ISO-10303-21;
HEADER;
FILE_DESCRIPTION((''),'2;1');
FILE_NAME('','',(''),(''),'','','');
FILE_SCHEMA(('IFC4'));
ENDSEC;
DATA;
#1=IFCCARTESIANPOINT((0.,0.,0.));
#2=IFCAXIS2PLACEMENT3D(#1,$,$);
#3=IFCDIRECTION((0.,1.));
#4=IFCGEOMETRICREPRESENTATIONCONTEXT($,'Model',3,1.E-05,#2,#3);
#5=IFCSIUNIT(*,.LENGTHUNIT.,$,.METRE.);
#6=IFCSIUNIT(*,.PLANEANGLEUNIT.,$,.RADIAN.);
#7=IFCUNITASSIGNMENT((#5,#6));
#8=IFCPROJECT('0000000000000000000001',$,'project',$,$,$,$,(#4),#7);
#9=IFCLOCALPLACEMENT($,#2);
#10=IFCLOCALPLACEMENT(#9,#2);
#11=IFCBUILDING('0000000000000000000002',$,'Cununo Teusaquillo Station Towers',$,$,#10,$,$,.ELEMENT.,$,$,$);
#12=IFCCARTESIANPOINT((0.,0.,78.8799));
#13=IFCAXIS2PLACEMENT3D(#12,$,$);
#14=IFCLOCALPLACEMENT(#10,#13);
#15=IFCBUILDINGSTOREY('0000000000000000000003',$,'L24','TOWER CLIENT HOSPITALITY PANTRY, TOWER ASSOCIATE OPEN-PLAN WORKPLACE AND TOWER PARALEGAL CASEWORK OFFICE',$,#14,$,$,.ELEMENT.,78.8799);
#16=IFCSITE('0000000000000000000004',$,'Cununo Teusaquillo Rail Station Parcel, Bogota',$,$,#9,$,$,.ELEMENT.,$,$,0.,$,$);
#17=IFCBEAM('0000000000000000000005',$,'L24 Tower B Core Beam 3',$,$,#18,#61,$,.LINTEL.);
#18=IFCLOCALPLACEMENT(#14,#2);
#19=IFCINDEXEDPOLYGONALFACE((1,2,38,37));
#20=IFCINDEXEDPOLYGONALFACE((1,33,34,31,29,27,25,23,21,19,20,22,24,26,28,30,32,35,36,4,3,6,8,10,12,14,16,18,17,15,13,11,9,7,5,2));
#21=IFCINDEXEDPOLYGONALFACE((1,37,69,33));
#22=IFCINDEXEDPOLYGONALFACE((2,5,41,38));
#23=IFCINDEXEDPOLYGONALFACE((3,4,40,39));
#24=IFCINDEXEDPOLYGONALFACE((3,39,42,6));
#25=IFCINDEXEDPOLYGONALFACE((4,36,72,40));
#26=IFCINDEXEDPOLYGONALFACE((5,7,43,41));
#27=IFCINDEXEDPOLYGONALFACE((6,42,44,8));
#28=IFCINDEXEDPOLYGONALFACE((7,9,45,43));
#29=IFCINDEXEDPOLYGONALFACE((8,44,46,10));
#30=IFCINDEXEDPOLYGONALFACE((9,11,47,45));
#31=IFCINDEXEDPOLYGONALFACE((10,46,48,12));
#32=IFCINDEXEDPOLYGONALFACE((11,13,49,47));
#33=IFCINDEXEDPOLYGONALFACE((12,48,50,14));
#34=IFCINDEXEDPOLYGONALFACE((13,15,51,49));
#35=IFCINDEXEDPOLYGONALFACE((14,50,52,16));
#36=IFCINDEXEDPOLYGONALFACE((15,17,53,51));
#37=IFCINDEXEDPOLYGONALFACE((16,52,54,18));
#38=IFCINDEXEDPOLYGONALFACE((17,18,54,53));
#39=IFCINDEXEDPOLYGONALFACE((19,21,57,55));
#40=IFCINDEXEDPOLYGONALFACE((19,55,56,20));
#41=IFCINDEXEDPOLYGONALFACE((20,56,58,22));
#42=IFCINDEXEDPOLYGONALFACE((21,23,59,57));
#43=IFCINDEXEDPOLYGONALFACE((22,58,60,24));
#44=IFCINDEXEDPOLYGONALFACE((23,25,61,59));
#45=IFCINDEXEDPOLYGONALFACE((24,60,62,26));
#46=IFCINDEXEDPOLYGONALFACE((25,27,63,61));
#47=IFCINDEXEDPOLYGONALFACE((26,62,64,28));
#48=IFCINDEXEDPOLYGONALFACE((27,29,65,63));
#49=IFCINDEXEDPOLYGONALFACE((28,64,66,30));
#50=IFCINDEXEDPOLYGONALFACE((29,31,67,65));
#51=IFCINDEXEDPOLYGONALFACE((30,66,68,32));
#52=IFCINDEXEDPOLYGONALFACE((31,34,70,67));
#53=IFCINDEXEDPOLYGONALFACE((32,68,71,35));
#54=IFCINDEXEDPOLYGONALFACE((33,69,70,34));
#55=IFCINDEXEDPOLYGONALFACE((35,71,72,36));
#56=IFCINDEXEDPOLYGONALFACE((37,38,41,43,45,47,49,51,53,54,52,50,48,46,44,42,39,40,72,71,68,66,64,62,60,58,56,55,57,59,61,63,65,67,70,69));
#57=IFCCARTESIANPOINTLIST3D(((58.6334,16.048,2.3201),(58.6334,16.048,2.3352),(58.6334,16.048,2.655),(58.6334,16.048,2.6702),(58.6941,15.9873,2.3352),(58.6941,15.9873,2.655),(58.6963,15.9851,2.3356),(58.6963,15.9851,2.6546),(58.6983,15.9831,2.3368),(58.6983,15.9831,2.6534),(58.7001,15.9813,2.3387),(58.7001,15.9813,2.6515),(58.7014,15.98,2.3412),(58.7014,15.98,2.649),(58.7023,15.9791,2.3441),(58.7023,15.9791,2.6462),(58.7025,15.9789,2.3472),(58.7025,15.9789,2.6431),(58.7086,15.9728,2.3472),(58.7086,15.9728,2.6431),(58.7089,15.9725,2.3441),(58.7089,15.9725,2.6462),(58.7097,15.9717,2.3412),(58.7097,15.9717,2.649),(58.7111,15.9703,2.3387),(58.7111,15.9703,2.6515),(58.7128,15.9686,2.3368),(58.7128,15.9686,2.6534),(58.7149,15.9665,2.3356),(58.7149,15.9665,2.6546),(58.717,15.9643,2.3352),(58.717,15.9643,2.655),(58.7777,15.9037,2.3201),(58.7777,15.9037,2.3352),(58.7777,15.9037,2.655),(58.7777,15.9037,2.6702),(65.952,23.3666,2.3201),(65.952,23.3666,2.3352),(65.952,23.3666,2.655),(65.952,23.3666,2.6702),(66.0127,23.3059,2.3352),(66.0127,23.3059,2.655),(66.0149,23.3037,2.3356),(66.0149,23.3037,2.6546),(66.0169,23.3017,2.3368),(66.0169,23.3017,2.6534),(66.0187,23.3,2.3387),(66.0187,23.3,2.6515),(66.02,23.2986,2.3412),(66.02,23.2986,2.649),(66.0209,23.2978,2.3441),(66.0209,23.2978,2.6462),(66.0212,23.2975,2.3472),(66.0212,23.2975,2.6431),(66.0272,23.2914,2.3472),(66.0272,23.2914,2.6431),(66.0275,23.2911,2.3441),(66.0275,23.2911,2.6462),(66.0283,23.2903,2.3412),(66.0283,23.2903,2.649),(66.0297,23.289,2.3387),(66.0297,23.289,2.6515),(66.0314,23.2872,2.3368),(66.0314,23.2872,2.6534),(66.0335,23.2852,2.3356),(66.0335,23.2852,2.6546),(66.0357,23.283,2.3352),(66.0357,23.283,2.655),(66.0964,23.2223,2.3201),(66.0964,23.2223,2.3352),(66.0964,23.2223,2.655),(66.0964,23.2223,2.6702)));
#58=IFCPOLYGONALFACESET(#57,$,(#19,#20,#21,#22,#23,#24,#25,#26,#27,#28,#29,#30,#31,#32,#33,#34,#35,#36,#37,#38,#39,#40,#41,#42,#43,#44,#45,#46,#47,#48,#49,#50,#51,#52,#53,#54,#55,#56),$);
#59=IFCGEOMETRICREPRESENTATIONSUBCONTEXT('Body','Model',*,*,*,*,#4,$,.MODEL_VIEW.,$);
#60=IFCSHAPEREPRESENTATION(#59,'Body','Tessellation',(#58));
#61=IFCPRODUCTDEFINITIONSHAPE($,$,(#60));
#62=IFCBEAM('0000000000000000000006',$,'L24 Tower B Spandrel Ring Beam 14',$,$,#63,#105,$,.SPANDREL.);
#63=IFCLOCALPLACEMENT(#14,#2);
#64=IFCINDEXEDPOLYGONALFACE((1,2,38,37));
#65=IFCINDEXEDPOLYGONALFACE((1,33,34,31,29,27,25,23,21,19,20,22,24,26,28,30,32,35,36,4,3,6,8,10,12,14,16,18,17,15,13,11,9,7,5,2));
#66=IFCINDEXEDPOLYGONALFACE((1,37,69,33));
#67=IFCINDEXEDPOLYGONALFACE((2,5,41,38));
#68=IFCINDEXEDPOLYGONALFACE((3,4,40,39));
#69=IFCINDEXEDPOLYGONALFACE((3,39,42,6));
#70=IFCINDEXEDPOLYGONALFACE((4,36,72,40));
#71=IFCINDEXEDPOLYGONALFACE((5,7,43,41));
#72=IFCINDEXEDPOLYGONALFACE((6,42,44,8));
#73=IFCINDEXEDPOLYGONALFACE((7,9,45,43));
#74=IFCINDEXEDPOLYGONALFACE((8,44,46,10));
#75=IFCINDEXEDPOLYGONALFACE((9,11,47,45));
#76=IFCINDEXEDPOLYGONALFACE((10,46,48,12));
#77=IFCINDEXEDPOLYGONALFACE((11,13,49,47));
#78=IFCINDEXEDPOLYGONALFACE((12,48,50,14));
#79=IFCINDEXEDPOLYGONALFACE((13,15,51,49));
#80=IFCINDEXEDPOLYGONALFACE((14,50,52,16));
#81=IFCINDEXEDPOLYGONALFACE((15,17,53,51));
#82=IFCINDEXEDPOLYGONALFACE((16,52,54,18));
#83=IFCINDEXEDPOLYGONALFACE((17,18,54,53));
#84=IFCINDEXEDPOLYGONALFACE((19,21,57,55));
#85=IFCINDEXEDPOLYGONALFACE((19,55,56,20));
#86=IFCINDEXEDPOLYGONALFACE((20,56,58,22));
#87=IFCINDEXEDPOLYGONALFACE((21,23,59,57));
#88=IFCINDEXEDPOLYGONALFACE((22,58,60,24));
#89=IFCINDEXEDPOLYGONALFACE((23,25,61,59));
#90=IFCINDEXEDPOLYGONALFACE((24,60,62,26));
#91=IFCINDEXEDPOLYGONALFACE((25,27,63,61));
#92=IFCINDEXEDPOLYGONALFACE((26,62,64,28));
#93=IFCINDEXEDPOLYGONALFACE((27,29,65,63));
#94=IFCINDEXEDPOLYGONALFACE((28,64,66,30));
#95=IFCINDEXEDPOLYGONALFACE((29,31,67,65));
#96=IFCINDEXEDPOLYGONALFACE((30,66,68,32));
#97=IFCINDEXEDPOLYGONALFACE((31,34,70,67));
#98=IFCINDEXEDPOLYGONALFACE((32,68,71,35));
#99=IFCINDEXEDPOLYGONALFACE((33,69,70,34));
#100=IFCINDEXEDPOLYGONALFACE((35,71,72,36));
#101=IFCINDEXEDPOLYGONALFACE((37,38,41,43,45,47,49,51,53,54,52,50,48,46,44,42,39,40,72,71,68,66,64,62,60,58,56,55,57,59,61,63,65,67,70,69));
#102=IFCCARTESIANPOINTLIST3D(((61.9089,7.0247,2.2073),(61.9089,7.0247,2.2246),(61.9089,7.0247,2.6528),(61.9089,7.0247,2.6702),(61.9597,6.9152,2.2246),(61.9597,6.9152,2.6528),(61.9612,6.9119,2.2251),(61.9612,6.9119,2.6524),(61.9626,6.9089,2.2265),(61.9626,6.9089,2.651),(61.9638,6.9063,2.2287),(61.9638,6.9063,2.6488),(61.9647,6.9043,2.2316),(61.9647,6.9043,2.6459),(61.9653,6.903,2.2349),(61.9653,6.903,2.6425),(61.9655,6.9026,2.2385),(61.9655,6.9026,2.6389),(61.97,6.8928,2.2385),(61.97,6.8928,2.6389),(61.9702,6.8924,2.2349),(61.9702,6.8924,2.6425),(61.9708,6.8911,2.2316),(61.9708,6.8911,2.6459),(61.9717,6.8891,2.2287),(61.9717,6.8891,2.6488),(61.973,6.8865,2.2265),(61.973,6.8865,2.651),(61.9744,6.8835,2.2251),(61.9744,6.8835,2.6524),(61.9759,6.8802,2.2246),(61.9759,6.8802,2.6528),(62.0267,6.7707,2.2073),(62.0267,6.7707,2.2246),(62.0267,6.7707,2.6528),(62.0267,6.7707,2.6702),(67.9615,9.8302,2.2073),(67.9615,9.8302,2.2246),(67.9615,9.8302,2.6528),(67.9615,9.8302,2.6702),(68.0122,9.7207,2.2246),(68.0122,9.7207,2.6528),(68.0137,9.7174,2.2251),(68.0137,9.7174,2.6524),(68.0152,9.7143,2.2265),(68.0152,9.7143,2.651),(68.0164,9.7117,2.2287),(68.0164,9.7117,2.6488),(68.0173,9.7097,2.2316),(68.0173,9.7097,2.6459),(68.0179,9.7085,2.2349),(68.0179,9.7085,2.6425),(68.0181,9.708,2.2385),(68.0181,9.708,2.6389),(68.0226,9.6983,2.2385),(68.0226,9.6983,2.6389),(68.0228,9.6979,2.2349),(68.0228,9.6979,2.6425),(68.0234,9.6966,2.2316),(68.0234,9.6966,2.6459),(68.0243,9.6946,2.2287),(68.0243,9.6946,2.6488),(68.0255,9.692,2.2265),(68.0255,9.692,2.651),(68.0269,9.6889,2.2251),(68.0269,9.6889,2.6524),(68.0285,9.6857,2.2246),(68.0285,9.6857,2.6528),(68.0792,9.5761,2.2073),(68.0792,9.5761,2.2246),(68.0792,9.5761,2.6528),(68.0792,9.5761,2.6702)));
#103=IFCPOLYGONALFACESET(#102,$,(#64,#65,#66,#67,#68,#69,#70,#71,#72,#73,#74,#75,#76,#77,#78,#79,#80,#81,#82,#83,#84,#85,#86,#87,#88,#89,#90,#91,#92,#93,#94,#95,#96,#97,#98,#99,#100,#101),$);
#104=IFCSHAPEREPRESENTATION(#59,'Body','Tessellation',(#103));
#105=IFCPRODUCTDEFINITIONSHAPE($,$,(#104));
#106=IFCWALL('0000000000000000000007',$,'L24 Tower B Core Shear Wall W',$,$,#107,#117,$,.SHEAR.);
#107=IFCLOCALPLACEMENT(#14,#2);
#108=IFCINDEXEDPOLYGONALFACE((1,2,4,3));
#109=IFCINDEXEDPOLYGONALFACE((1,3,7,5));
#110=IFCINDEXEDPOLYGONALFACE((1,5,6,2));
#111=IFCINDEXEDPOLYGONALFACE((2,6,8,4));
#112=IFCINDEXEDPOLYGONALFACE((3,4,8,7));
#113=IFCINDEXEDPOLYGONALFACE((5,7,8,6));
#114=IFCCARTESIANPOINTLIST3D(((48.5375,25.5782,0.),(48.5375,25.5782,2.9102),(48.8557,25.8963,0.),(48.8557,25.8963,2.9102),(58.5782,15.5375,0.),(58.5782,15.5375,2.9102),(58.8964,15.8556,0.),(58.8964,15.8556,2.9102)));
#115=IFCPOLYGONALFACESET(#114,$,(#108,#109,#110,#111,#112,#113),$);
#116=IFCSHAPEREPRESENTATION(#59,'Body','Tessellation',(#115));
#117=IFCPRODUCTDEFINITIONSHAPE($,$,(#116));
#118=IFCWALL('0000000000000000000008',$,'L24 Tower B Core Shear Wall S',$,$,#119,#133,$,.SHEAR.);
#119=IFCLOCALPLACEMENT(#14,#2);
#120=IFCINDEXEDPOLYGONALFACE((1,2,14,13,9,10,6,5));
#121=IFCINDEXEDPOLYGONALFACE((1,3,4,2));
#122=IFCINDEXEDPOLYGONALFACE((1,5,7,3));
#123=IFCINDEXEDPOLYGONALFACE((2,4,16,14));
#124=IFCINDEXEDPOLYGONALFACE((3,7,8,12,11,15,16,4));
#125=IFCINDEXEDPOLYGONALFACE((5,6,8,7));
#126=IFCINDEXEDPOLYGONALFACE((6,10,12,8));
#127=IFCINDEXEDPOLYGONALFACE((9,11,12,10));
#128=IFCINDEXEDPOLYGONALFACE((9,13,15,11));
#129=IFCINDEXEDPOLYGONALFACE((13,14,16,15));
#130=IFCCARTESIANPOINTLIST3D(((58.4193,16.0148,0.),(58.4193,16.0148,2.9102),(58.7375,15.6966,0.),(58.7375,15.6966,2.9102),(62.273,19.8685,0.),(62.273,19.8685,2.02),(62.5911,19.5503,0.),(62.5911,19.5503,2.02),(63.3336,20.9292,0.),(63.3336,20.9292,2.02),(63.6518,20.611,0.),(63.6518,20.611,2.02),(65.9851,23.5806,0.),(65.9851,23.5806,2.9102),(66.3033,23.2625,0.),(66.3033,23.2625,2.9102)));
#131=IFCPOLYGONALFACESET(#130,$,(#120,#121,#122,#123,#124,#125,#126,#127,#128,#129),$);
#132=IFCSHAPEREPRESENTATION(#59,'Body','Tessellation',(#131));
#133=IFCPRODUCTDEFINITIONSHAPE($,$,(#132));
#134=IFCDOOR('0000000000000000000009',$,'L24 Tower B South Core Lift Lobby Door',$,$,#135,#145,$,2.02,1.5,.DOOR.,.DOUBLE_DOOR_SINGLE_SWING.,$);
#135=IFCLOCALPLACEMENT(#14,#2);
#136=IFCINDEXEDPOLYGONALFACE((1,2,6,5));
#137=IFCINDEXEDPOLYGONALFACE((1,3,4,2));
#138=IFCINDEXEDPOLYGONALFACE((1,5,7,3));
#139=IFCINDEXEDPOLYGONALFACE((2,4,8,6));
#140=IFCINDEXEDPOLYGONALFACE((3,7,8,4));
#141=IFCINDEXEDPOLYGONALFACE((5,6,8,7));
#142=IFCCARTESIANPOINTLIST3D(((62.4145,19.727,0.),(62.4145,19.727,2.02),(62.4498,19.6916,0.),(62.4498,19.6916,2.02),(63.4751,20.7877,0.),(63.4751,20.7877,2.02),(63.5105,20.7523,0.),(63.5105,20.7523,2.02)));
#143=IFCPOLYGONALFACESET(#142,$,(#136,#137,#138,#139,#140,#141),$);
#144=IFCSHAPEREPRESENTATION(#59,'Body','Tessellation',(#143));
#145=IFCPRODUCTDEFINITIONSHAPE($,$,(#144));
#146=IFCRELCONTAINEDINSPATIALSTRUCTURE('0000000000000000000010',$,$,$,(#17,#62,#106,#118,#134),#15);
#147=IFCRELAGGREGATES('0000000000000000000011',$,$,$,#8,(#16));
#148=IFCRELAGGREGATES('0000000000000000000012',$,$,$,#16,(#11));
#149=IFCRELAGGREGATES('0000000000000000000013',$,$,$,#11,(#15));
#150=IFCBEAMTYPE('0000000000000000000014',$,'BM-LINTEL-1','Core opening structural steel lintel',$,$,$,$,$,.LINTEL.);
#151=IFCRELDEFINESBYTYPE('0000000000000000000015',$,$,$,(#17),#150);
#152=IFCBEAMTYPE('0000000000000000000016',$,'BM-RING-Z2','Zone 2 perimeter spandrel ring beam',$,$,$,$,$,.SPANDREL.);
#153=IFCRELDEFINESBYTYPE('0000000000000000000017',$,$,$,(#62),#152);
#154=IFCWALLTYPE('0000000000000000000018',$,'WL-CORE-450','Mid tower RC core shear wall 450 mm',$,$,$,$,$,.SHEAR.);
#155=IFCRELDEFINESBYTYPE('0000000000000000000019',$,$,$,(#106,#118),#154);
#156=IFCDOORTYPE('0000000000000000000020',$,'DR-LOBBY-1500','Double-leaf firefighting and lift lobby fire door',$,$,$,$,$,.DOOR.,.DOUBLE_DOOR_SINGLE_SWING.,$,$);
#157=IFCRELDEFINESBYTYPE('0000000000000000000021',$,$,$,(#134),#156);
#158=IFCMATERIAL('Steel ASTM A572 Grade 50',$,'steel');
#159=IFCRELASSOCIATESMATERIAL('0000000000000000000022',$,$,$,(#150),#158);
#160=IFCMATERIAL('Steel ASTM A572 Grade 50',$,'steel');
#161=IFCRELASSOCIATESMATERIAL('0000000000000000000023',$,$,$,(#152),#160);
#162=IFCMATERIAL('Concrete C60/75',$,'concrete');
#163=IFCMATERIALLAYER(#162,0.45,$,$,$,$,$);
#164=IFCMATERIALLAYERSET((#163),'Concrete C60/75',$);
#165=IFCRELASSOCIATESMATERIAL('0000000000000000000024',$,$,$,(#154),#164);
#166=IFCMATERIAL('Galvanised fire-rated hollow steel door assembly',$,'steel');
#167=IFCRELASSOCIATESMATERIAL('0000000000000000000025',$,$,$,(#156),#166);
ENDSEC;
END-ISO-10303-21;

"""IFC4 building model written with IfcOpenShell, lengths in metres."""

from ifc_helpers import new_model, si_unit, direction, frame, frame_2d, origin, origin_2d, place, context, subcontext, project, spatial, rectangle, i_section, extrude, source, transform, mapped, material, layer, layer_set, material_profile, profile_set, type_object, element, fill, save


model = new_model("IFC4")

# Units and contexts
model_context = context("Model", 3, precision=1e-05, world=origin(), true_north=direction((0.0, 1.0)))
body_context = subcontext(model_context, "Body", "Model", "MODEL_VIEW")
ifc_project = project(units=[si_unit("LENGTHUNIT", "METRE"), si_unit("PLANEANGLEUNIT", "RADIAN")], contexts=[model_context])

# Site, building, storey
site_placement = place(None, origin())
site = spatial("IfcSite", under=ifc_project, at=site_placement, Name="Cununo Teusaquillo Rail Station Parcel, Bogota", CompositionType="ELEMENT", RefElevation=0.0)
building_placement = place(site_placement, origin())
building = spatial("IfcBuilding", under=site, at=building_placement, Name="Cununo Teusaquillo Station Towers", CompositionType="ELEMENT")
storey_placement = place(building_placement, frame((0.0, 0.0, 78.8799)))
storey = spatial("IfcBuildingStorey", under=building, at=storey_placement, Name="L24", Description="TOWER CLIENT HOSPITALITY PANTRY, TOWER ASSOCIATE OPEN-PLAN WORKPLACE AND TOWER PARALEGAL CASEWORK OFFICE", CompositionType="ELEMENT", Elevation=78.8799)

# Beams
ifc_material_1 = material(Name="Steel ASTM A572 Grade 50", Category="steel")
ifc_material_profile_1 = material_profile(ifc_material_1, i_section(OverallWidth=0.2041, OverallDepth=0.3501, WebThickness=0.0085, FlangeThickness=0.0151, FilletRadius=0.012, at=origin_2d()), Name="W14X48")
ifc_profile_set_1 = profile_set([ifc_material_profile_1], Name="Steel ASTM A572 Grade 50")
beam_type_1 = type_object("IfcBeamType", Name="BM-LINTEL-1", Description="Core opening structural steel lintel", PredefinedType="LINTEL", material=ifc_profile_set_1)
beam_1_placement = place(storey_placement, frame((58.7056, 15.9758, 2.4951), z_axis=(0.707107, 0.707107, 0.0), x_axis=(-0.707107, 0.707107, 0.0)))
element("IfcBeam", 1, at=beam_1_placement, inside=storey, type_object=beam_type_1, Name="L24 Tower B Core Beam 3", PredefinedType="LINTEL", context=body_context, shape_type="SweptSolid", body=[
    extrude(i_section(OverallWidth=0.2041, OverallDepth=0.3501, WebThickness=0.0085, FlangeThickness=0.0151, FilletRadius=0.012, at=origin_2d()), origin(), (0.0, 0.0, 1.0), 10.3501),
])
ifc_material_2 = material(Name="Steel ASTM A572 Grade 50", Category="steel")
ifc_material_profile_2 = material_profile(ifc_material_2, i_section(OverallWidth=0.28, OverallDepth=0.4629, WebThickness=0.0107, FlangeThickness=0.0173, FilletRadius=0.0139, at=origin_2d()), Name="W18X76")
ifc_profile_set_2 = profile_set([ifc_material_profile_2], Name="Steel ASTM A572 Grade 50")
beam_type_2 = type_object("IfcBeamType", Name="BM-RING-Z2", Description="Zone 2 perimeter spandrel ring beam", PredefinedType="SPANDREL", material=ifc_profile_set_2)
beam_2_placement = place(storey_placement, frame((61.9678, 6.8977, 2.4387), z_axis=(0.907276, 0.420536, 0.0), x_axis=(-0.420536, 0.907276, 0.0)))
element("IfcBeam", 2, at=beam_2_placement, inside=storey, type_object=beam_type_2, Name="L24 Tower B Spandrel Ring Beam 14", PredefinedType="SPANDREL", context=body_context, shape_type="SweptSolid", body=[
    extrude(i_section(OverallWidth=0.28, OverallDepth=0.4629, WebThickness=0.0107, FlangeThickness=0.0173, FilletRadius=0.0139, at=origin_2d()), origin(), (0.0, 0.0, 1.0), 6.6711),
])

# Wall
ifc_material_3 = material(Name="Concrete C60/75", Category="concrete")
ifc_layer_1 = layer(ifc_material_3, 0.45)
ifc_layer_set_1 = layer_set([ifc_layer_1], Name="Concrete C60/75")
wall_type_1 = type_object("IfcWallType", Name="WL-CORE-450", Description="Mid tower RC core shear wall 450 mm", PredefinedType="SHEAR", material=ifc_layer_set_1)
wall_1_placement = place(storey_placement, frame((58.7373, 15.6965, 0.0), z_axis=(0.0, 0.0, 1.0), x_axis=(-0.707107, 0.707107, 0.0)))
element("IfcWall", 3, at=wall_1_placement, inside=storey, type_object=wall_type_1, Name="L24 Tower B Core Shear Wall W", PredefinedType="SHEAR", context=body_context, shape_type="SweptSolid", body=[
    extrude(rectangle(XDim=14.1997, YDim=0.45, at=frame_2d((7.0999, 0.0))), origin(), (0.0, 0.0, 1.0), 2.9102),
])

# Wall, opening, door
wall_2_placement = place(storey_placement, frame((58.5784, 15.8557, 0.0), z_axis=(0.0, 0.0, 1.0), x_axis=(0.707107, 0.707107, 0.0)))
wall_2 = element("IfcWall", 4, at=wall_2_placement, inside=storey, type_object=wall_type_1, Name="L24 Tower B Core Shear Wall S", PredefinedType="SHEAR", context=body_context, shape_type="SweptSolid", body=[
    extrude(rectangle(XDim=10.6997, YDim=0.45, at=frame_2d((5.3499, 0.0))), origin(), (0.0, 0.0, 1.0), 2.9102),
])
shared_shape_1 = source(origin(), body_context, "Body", "SweptSolid", [
    extrude(rectangle(XDim=1.5, YDim=2.02, at=frame_2d((0.75, 1.01))), frame((0.0, 0.2349, 0.0), z_axis=(0.0, -1.0, 0.0), x_axis=(1.0, 0.0, 0.0)), (0.0, 0.0, 1.0), 0.47),
])
opening_1_placement = place(wall_2_placement, frame((5.45, 0.0, 0.0)))
opening_1 = element("IfcOpeningElement", 5, at=opening_1_placement, cuts=wall_2, PredefinedType="OPENING", context=body_context, shape_type="MappedRepresentation", body=[
    mapped(shared_shape_1, transform((0.0, 0.0, 0.0), x_axis=(1.0, 0.0, 0.0), y_axis=(0.0, 1.0, 0.0), z_axis=(0.0, 0.0, 1.0), scale=1.0)),
])
ifc_material_4 = material(Name="Galvanised fire-rated hollow steel door assembly", Category="steel")
door_type_1 = type_object("IfcDoorType", Name="DR-LOBBY-1500", Description="Double-leaf firefighting and lift lobby fire door", OperationType="DOUBLE_DOOR_SINGLE_SWING", PredefinedType="DOOR", material=ifc_material_4)
shared_shape_2 = source(origin(), body_context, "Body", "SweptSolid", [
    extrude(rectangle(XDim=1.5, YDim=2.02, at=frame_2d((0.75, 1.01))), frame((0.0, 0.0249, 0.0), z_axis=(0.0, -1.0, 0.0), x_axis=(1.0, 0.0, 0.0)), (0.0, 0.0, 1.0), 0.05),
])
door_1_placement = place(opening_1_placement, origin())
door_1 = element("IfcDoor", 6, at=door_1_placement, inside=storey, type_object=door_type_1, Name="L24 Tower B South Core Lift Lobby Door", OperationType="DOUBLE_DOOR_SINGLE_SWING", OverallHeight=2.02, OverallWidth=1.5, PredefinedType="DOOR", context=body_context, shape_type="MappedRepresentation", body=[
    mapped(shared_shape_2, transform((0.0, 0.0, 0.0), x_axis=(1.0, 0.0, 0.0), y_axis=(0.0, 1.0, 0.0), z_axis=(0.0, 0.0, 1.0), scale=1.0)),
])
fill(opening_1, door_1)

save(model, "model.ifc")
